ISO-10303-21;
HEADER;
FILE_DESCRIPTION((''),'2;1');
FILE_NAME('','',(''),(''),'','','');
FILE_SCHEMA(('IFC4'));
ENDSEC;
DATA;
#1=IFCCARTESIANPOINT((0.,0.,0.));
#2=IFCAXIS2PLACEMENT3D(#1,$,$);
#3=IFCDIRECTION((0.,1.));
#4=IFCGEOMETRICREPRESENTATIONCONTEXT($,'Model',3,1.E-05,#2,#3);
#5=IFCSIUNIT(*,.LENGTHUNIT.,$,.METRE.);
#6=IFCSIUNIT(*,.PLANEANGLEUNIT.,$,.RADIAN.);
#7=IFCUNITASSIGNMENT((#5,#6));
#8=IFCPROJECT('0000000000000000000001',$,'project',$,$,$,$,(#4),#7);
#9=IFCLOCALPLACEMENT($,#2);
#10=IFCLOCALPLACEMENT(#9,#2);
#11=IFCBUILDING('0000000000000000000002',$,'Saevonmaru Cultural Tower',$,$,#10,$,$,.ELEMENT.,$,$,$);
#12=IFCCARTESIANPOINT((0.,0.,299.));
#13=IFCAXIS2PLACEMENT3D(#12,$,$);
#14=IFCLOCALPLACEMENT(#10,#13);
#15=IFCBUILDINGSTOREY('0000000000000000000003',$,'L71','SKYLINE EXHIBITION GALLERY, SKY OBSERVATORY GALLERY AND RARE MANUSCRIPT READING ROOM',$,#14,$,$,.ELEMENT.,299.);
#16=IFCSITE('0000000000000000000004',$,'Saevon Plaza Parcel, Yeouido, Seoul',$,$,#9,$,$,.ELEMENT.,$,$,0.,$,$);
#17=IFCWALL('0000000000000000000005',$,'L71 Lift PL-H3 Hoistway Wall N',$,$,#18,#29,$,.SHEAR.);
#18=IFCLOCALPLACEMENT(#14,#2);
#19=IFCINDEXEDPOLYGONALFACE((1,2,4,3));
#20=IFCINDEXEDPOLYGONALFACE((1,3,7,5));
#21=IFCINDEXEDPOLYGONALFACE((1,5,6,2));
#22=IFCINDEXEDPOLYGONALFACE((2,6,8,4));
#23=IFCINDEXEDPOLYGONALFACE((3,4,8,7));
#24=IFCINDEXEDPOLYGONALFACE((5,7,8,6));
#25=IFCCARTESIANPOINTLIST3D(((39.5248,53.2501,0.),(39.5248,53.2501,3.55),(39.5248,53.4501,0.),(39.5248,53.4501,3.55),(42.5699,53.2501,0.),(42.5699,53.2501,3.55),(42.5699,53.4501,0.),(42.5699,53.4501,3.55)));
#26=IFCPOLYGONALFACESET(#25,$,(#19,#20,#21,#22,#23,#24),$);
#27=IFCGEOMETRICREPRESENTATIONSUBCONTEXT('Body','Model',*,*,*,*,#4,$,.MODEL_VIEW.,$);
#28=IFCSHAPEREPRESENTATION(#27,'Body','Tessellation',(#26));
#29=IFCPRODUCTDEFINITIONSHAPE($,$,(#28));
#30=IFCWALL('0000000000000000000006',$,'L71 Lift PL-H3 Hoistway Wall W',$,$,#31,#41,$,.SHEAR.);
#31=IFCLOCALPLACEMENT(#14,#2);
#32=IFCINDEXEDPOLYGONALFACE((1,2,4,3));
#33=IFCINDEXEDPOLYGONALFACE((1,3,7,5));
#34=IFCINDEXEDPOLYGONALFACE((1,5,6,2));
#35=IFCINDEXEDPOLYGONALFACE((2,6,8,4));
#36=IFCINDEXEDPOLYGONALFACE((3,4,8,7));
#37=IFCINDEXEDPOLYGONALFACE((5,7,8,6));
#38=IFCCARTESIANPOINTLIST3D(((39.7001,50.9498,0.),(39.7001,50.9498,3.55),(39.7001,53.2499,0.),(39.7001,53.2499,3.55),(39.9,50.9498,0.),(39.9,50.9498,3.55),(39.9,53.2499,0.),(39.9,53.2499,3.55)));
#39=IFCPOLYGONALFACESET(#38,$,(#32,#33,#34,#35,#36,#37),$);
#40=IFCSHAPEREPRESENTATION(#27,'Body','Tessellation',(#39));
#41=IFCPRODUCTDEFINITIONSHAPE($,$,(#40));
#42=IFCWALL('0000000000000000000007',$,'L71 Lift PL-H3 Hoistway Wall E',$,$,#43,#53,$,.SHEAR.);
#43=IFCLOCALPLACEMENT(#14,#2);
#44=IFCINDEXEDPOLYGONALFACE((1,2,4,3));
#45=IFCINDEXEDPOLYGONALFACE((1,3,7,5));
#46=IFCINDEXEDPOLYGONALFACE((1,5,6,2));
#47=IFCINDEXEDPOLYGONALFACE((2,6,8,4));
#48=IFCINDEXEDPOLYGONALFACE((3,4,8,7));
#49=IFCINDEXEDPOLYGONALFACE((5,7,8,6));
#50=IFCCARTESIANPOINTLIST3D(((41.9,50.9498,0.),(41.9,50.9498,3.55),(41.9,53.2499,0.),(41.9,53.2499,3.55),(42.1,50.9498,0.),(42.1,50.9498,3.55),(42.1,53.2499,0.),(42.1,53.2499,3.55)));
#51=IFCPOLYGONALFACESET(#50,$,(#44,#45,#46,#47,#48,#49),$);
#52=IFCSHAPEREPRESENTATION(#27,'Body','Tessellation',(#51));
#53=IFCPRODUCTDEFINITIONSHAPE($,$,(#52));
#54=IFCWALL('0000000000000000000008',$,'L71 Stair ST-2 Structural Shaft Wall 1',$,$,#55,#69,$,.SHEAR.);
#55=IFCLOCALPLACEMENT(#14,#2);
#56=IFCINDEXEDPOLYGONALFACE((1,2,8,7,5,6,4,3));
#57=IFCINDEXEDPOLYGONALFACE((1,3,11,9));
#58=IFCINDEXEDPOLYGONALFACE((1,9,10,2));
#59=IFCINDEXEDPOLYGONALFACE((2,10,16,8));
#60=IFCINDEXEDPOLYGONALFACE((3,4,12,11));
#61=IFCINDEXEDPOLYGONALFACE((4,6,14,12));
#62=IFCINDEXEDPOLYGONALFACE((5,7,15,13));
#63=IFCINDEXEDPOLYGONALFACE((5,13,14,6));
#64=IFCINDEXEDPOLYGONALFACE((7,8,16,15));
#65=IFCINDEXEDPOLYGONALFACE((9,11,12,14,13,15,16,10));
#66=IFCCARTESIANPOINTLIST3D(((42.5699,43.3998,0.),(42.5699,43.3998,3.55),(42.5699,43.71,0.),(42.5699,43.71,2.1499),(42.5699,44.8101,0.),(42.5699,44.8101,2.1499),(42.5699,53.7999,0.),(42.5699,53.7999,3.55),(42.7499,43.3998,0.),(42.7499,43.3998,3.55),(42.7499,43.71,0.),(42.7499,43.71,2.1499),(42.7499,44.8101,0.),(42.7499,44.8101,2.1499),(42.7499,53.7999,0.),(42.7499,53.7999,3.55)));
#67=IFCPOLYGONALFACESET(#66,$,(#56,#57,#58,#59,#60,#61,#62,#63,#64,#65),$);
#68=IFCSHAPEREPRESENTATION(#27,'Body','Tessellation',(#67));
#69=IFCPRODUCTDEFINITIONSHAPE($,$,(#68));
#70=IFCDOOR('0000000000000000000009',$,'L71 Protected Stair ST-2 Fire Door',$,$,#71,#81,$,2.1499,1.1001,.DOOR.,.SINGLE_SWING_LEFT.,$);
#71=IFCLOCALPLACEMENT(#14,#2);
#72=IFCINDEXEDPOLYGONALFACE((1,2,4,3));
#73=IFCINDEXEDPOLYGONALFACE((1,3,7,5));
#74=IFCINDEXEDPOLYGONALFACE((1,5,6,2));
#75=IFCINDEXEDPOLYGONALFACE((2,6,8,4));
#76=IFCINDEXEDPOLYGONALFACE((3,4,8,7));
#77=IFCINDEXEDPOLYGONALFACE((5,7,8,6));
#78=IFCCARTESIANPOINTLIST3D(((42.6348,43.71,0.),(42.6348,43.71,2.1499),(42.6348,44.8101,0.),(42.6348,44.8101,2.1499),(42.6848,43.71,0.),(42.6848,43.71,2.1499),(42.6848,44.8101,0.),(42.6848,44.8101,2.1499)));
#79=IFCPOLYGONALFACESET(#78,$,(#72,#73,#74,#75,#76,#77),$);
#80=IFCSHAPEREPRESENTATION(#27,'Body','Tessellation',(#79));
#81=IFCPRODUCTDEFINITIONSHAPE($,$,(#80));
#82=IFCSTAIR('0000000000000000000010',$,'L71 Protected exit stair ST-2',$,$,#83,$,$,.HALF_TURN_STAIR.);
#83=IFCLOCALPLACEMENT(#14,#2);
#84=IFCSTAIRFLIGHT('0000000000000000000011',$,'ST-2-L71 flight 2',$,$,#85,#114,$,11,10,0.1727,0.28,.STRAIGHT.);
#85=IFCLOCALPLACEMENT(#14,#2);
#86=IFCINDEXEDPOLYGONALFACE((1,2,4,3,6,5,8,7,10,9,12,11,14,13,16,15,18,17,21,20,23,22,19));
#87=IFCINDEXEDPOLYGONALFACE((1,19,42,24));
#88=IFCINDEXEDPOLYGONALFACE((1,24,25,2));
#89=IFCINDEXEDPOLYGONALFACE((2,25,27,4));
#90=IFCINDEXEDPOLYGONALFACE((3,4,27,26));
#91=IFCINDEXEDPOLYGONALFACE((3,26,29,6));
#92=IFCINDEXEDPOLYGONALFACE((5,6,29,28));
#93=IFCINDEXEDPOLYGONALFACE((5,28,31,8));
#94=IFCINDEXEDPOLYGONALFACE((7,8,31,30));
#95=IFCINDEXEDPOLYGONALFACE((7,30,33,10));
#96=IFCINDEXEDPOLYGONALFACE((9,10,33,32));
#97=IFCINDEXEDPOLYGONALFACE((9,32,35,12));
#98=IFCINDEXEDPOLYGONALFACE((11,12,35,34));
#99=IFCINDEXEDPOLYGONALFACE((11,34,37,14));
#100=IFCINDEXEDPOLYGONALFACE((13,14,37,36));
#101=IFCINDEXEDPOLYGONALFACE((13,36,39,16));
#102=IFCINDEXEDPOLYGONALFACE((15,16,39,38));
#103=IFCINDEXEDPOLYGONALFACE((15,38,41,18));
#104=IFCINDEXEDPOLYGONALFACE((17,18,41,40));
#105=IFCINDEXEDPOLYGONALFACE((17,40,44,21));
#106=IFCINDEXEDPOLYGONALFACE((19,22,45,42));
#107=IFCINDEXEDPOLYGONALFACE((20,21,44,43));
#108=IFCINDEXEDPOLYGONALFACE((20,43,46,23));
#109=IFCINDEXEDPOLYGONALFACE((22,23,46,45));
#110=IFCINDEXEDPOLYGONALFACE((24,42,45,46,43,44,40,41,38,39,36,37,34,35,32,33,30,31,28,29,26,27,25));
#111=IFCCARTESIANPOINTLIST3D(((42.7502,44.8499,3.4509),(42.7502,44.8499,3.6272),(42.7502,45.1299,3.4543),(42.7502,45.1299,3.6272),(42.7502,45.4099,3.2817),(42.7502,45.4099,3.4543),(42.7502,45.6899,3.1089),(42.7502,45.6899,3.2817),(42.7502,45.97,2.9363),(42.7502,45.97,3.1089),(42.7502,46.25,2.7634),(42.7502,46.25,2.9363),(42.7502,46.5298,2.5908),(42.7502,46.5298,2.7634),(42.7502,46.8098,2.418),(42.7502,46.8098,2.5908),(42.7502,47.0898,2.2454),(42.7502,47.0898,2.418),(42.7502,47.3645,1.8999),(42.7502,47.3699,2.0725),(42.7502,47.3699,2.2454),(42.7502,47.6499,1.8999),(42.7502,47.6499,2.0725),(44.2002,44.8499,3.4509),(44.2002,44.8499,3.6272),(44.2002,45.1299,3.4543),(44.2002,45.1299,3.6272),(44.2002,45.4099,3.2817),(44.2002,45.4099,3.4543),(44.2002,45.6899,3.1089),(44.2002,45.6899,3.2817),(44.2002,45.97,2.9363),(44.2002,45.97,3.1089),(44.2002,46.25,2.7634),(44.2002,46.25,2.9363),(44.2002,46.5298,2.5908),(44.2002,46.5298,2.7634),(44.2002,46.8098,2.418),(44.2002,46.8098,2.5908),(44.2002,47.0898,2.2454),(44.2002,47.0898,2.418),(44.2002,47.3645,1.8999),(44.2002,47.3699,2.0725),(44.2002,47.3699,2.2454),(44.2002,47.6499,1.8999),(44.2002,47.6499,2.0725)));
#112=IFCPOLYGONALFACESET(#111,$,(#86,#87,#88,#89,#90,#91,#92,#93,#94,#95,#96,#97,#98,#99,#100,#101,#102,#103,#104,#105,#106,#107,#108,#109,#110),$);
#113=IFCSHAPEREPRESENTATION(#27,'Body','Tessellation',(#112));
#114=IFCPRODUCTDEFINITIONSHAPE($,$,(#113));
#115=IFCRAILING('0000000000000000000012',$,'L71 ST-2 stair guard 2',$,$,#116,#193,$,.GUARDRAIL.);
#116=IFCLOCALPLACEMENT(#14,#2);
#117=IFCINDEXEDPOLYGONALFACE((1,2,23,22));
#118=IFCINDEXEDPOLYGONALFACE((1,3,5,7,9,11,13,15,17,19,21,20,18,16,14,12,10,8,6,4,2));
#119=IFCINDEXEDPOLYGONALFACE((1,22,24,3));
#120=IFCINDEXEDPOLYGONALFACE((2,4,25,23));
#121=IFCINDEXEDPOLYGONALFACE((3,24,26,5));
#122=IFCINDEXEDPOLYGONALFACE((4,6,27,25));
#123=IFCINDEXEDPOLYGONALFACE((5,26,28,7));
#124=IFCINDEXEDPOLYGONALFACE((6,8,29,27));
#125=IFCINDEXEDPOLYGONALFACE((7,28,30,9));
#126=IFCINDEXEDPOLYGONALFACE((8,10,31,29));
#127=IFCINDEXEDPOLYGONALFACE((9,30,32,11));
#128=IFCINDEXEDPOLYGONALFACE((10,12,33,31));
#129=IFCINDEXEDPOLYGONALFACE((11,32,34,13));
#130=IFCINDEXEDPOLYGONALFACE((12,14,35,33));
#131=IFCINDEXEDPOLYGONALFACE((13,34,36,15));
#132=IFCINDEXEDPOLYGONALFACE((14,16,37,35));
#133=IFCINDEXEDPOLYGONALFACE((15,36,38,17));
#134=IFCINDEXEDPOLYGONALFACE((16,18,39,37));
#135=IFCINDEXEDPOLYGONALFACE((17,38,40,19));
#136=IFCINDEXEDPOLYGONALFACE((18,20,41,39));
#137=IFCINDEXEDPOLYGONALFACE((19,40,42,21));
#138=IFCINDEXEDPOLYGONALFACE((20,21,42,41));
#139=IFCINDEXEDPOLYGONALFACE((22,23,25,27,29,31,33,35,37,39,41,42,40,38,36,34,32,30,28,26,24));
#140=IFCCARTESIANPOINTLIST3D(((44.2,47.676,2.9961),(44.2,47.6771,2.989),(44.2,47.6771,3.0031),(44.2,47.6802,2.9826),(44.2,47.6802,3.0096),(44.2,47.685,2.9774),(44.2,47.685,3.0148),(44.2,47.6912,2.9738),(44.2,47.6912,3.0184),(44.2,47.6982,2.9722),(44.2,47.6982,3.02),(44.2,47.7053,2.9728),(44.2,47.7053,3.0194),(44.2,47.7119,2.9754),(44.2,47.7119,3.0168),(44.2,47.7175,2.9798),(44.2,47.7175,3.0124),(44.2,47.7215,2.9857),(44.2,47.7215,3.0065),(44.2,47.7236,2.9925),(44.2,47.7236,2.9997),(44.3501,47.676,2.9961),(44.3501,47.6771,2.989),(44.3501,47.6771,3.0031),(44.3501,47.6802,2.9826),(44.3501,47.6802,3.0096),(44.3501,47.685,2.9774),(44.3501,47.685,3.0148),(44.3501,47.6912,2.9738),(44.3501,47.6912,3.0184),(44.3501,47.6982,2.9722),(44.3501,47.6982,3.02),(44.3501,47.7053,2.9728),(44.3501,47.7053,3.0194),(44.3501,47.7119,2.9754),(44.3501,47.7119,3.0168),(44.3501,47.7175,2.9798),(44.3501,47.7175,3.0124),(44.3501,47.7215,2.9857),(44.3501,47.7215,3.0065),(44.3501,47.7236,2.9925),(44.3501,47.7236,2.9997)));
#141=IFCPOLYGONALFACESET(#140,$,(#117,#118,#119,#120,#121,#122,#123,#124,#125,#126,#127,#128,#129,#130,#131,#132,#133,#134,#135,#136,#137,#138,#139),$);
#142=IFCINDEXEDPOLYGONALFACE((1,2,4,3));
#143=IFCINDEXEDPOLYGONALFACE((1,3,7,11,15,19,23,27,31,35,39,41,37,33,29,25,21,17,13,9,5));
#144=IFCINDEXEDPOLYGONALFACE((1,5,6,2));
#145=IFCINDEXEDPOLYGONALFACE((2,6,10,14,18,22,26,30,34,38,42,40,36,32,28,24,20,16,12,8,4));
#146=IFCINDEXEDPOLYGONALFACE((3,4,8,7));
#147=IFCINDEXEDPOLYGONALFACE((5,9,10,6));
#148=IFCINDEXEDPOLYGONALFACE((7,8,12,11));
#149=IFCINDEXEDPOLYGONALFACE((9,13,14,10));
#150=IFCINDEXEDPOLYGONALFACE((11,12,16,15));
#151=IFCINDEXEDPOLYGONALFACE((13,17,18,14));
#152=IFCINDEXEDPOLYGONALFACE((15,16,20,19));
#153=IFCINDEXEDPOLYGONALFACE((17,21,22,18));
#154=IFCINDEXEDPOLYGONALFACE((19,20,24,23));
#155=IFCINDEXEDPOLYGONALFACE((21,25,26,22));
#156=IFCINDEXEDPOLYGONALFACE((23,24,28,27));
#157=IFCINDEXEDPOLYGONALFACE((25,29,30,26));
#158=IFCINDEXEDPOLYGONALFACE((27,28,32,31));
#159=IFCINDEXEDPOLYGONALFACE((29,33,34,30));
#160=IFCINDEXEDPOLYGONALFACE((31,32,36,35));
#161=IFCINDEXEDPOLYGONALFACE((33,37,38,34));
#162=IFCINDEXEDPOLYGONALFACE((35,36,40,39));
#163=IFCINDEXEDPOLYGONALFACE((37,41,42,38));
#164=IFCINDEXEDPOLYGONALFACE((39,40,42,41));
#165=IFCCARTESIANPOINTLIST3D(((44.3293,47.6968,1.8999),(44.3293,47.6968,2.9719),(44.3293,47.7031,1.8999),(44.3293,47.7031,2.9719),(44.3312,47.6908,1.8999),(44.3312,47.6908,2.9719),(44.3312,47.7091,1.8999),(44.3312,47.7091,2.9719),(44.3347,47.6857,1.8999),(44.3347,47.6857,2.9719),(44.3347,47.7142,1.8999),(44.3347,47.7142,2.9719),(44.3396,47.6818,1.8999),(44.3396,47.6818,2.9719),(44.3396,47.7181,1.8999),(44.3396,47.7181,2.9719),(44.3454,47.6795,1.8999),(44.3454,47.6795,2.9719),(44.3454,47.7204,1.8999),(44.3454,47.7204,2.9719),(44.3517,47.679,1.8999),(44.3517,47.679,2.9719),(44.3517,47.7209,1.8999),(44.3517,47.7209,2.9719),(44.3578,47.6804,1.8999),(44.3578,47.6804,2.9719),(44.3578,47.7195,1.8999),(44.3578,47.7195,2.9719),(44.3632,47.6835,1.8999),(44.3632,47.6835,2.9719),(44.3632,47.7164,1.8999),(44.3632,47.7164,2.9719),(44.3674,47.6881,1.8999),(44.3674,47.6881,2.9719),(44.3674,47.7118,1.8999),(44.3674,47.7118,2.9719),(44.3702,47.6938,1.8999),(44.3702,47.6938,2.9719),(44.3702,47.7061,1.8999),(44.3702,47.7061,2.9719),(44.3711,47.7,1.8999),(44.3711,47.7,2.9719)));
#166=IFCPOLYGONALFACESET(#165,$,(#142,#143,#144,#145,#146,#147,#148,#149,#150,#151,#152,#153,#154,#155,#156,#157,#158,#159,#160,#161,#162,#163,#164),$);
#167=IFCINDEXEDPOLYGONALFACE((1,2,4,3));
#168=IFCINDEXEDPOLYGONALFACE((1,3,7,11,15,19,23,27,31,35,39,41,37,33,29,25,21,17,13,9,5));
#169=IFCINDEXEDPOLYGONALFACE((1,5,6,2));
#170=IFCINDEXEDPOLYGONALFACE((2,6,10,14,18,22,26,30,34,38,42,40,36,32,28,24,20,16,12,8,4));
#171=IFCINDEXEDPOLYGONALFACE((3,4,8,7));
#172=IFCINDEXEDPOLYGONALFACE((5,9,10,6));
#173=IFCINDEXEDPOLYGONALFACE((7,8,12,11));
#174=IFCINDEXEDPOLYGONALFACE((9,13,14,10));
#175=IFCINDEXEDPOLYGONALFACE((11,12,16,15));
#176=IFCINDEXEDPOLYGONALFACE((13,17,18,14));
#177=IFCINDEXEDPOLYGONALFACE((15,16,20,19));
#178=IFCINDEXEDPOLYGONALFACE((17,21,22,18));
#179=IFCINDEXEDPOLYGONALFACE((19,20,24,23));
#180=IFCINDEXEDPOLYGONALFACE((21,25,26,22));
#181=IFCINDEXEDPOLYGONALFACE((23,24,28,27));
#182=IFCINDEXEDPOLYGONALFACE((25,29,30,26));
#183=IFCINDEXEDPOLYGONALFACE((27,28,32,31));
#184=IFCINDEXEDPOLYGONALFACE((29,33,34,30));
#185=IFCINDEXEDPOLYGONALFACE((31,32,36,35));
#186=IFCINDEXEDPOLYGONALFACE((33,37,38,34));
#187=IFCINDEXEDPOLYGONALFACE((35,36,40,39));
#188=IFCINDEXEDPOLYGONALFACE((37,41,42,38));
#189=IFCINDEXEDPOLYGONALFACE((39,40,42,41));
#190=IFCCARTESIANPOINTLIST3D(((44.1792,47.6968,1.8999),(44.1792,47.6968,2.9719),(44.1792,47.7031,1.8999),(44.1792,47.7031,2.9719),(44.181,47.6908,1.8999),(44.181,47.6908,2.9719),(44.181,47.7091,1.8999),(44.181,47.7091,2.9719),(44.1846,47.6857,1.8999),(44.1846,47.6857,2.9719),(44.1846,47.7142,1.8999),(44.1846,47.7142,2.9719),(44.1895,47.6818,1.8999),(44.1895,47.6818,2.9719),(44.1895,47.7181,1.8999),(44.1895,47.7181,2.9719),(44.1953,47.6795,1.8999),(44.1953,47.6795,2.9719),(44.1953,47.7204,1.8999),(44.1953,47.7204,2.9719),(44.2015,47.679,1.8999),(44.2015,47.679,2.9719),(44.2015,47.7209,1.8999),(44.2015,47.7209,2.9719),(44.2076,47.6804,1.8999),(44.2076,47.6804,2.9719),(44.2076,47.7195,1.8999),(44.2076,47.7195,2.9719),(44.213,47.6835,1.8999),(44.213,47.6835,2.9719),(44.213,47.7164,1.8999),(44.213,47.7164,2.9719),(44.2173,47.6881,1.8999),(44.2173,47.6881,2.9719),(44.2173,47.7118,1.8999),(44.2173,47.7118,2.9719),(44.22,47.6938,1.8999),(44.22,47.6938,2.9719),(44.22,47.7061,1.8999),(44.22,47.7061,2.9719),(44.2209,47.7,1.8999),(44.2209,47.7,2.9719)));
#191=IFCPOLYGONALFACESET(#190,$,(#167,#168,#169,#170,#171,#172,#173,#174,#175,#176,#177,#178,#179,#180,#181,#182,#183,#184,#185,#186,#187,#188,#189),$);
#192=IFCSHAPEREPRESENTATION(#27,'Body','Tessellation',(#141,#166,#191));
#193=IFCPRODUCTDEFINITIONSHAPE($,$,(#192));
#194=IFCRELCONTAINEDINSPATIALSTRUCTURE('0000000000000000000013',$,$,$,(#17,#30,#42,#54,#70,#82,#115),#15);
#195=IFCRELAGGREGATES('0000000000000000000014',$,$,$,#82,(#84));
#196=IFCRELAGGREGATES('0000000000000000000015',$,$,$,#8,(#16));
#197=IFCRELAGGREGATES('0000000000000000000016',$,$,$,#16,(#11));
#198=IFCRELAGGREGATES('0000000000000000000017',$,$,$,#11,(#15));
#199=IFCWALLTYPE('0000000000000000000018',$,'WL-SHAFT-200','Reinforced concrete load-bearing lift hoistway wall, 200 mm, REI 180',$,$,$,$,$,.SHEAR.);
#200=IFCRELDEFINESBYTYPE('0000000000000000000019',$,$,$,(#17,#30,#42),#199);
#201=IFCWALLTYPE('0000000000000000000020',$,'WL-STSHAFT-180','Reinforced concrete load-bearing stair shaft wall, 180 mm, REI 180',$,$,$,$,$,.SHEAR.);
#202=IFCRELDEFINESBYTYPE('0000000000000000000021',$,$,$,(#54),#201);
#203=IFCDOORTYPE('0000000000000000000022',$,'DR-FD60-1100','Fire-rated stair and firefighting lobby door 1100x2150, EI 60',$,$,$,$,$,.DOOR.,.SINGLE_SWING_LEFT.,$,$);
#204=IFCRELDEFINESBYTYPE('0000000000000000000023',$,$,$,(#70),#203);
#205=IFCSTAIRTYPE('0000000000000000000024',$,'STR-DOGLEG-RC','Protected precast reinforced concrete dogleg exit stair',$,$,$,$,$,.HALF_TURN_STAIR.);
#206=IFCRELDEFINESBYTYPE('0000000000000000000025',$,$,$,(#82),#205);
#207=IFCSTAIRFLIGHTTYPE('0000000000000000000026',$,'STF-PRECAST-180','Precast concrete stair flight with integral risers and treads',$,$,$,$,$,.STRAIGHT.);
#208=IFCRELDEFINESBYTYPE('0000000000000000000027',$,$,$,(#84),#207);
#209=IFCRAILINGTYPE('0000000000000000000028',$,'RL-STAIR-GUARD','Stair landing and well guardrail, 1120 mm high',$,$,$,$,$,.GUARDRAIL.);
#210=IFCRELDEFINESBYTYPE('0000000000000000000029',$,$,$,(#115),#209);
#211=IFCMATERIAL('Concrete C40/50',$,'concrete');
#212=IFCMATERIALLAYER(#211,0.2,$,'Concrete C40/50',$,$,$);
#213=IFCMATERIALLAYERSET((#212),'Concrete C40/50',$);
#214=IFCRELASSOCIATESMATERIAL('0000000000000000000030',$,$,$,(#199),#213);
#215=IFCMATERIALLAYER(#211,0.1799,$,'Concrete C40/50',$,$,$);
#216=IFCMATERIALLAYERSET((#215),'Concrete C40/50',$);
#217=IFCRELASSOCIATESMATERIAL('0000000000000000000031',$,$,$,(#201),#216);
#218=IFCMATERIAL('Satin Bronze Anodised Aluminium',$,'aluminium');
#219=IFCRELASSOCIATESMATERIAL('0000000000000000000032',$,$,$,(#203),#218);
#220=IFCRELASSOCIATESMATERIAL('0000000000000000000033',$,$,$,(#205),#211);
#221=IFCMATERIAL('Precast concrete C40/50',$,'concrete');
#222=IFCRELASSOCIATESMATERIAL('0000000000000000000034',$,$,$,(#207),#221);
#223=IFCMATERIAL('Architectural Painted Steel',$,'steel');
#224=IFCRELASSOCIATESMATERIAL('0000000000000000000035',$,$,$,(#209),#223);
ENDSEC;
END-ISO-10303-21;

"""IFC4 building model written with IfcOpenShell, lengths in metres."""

from ifc_helpers import new_model, si_unit, direction, frame, frame_2d, origin, origin_2d, place, context, subcontext, project, spatial, polyline, rectangle, circle, outline, extrude, material, layer, layer_set, type_object, element, fill, aggregate, save


model = new_model("IFC4")

# Units and contexts
model_context = context("Model", 3, precision=1e-05, world=origin(), true_north=direction((0.0, 1.0)))
body_context = subcontext(model_context, "Body", "Model", "MODEL_VIEW")
ifc_project = project(units=[si_unit("LENGTHUNIT", "METRE"), si_unit("PLANEANGLEUNIT", "RADIAN")], contexts=[model_context])

# Site, building, storey
site_placement = place(None, origin())
site = spatial("IfcSite", under=ifc_project, at=site_placement, Name="Saevon Plaza Parcel, Yeouido, Seoul", CompositionType="ELEMENT", RefElevation=0.0)
building_placement = place(site_placement, origin())
building = spatial("IfcBuilding", under=site, at=building_placement, Name="Saevonmaru Cultural Tower", CompositionType="ELEMENT")
storey_placement = place(building_placement, frame((0.0, 0.0, 299.0)))
storey = spatial("IfcBuildingStorey", under=building, at=storey_placement, Name="L71", Description="SKYLINE EXHIBITION GALLERY, SKY OBSERVATORY GALLERY AND RARE MANUSCRIPT READING ROOM", CompositionType="ELEMENT", Elevation=299.0)

# Shared definitions
ifc_material_1 = material(Name="Satin Bronze Anodised Aluminium", Category="aluminium")

# Shared definitions
ifc_material_2 = material(Name="Concrete C40/50", Category="concrete")
ifc_layer_1 = layer(ifc_material_2, 0.2, Name="Concrete C40/50")
ifc_layer_set_1 = layer_set([ifc_layer_1], Name="Concrete C40/50")
wall_type_1 = type_object("IfcWallType", Name="WL-SHAFT-200", Description="Reinforced concrete load-bearing lift hoistway wall, 200 mm, REI 180", PredefinedType="SHEAR", material=ifc_layer_set_1)

# Walls
wall_1_placement = place(storey_placement, frame((39.5249, 53.3501, 0.0), z_axis=(0.0, 0.0, 1.0), x_axis=(1.0, 0.0, 0.0)))
element("IfcWall", 1, at=wall_1_placement, inside=storey, type_object=wall_type_1, Name="L71 Lift PL-H3 Hoistway Wall N", PredefinedType="SHEAR", context=body_context, shape_type="SweptSolid", body=[
    extrude(rectangle(XDim=3.0452, YDim=0.2, at=frame_2d((1.5225, 0.0))), origin(), (0.0, 0.0, 1.0), 3.55),
])
for number, where, z_axis, x_axis, name in (
    (2, (39.8, 50.95, 0.0), (0.0, 0.0, 1.0), (0.0, 1.0, 0.0), "L71 Lift PL-H3 Hoistway Wall W"),
    (3, (42.0, 50.95, 0.0), (0.0, 0.0, 1.0), (0.0, 1.0, 0.0), "L71 Lift PL-H3 Hoistway Wall E"),
):
    element("IfcWall", number, at=place(storey_placement, frame(where, z_axis=z_axis, x_axis=x_axis)), inside=storey, type_object=wall_type_1, Name=name, PredefinedType="SHEAR", context=body_context, shape_type="SweptSolid", body=[
        extrude(rectangle(XDim=2.3, YDim=0.2, at=frame_2d((1.1499, 0.0))), origin(), (0.0, 0.0, 1.0), 3.55),
    ])

# Wall, opening, door
ifc_layer_2 = layer(ifc_material_2, 0.1799, Name="Concrete C40/50")
ifc_layer_set_2 = layer_set([ifc_layer_2], Name="Concrete C40/50")
wall_type_2 = type_object("IfcWallType", Name="WL-STSHAFT-180", Description="Reinforced concrete load-bearing stair shaft wall, 180 mm, REI 180", PredefinedType="SHEAR", material=ifc_layer_set_2)
wall_2_placement = place(storey_placement, frame((42.6599, 53.8, 0.0), z_axis=(0.0, 0.0, 1.0), x_axis=(0.0, -1.0, 0.0)))
wall_2 = element("IfcWall", 4, at=wall_2_placement, inside=storey, type_object=wall_type_2, Name="L71 Stair ST-2 Structural Shaft Wall 1", PredefinedType="SHEAR", context=body_context, shape_type="SweptSolid", body=[
    extrude(rectangle(XDim=10.4001, YDim=0.1799, at=frame_2d((5.2002, 0.0))), origin(), (0.0, 0.0, 1.0), 3.55),
])
opening_1_placement = place(wall_2_placement, frame((8.99, 0.0, 0.0)))
opening_1 = element("IfcOpeningElement", 5, at=opening_1_placement, cuts=wall_2, PredefinedType="OPENING", context=body_context, shape_type="SweptSolid", body=[
    extrude(rectangle(XDim=1.1001, YDim=2.1499, at=frame_2d((0.55, 1.075))), frame((0.0, 0.1001, 0.0), z_axis=(0.0, -1.0, 0.0), x_axis=(1.0, 0.0, 0.0)), (0.0, 0.0, 1.0), 0.2),
])
door_type_1 = type_object("IfcDoorType", Name="DR-FD60-1100", Description="Fire-rated stair and firefighting lobby door 1100x2150, EI 60", OperationType="SINGLE_SWING_LEFT", PredefinedType="DOOR", material=ifc_material_1)
door_1_placement = place(opening_1_placement, origin())
door_1 = element("IfcDoor", 6, at=door_1_placement, inside=storey, type_object=door_type_1, Name="L71 Protected Stair ST-2 Fire Door", OperationType="SINGLE_SWING_LEFT", OverallHeight=2.1499, OverallWidth=1.1001, PredefinedType="DOOR", context=body_context, shape_type="SweptSolid", body=[
    extrude(rectangle(XDim=1.1001, YDim=2.1499, at=frame_2d((0.55, 1.075))), frame((0.0, 0.0249, 0.0), z_axis=(0.0, -1.0, 0.0), x_axis=(1.0, 0.0, 0.0)), (0.0, 0.0, 1.0), 0.05),
])
fill(opening_1, door_1)

# Stair, stair flight
stair_type = type_object("IfcStairType", Name="STR-DOGLEG-RC", Description="Protected precast reinforced concrete dogleg exit stair", PredefinedType="HALF_TURN_STAIR", material=ifc_material_2)
stair_placement = place(storey_placement, origin())
stair = element("IfcStair", 7, at=stair_placement, inside=storey, type_object=stair_type, Name="L71 Protected exit stair ST-2", PredefinedType="HALF_TURN_STAIR")
ifc_material_3 = material(Name="Precast concrete C40/50", Category="concrete")
stair_flight_type = type_object("IfcStairFlightType", Name="STF-PRECAST-180", Description="Precast concrete stair flight with integral risers and treads", PredefinedType="STRAIGHT", material=ifc_material_3)
stair_flight_placement = place(storey_placement, frame((43.4751, 47.6499, 1.8999), z_axis=(0.0, 0.0, 1.0), x_axis=(0.0, -1.0, 0.0)))
stair_flight = element("IfcStairFlight", 8, at=stair_flight_placement, type_object=stair_flight_type, Name="ST-2-L71 flight 2", NumberOfRisers=11, NumberOfTreads=10, PredefinedType="STRAIGHT", RiserHeight=0.1727, TreadLength=0.28, context=body_context, shape_type="SweptSolid", body=[
    extrude(outline(polyline([(0.0, 0.0), (0.0, 0.1726), (0.28, 0.1726), (0.28, 0.3455), (0.5601, 0.3455), (0.5601, 0.5181), (0.8401, 0.5181), (0.8401, 0.6909), (1.1201, 0.6909), (1.1201, 0.8635), (1.3999, 0.8635), (1.3999, 1.0364), (1.6799, 1.0364), (1.6799, 1.209), (1.96, 1.209), (1.96, 1.3818), (2.24, 1.3818), (2.24, 1.5544), (2.52, 1.5544), (2.52, 1.7273), (2.8, 1.7273), (2.8, 1.8999), (2.8, 1.551), (0.2854, 0.0), (0.0, 0.0)])), frame((0.0, 0.7251, 0.0), z_axis=(0.0, -1.0, 0.0), x_axis=(1.0, 0.0, 0.0)), (0.0, 0.0, 1.0), 1.45),
])
aggregate(stair, [stair_flight])

# Railing
ifc_material_4 = material(Name="Architectural Painted Steel", Category="steel")
railing_type_1 = type_object("IfcRailingType", Name="RL-STAIR-GUARD", Description="Stair landing and well guardrail, 1120 mm high", PredefinedType="GUARDRAIL", material=ifc_material_4)
railing_1_placement = place(storey_placement, frame((44.3501, 47.7, 1.8999)))
element("IfcRailing", 9, at=railing_1_placement, inside=storey, type_object=railing_type_1, Name="L71 ST-2 stair guard 2", PredefinedType="GUARDRAIL", context=body_context, shape_type="SweptSolid", body=[
    extrude(circle(Radius=0.0239, at=origin_2d()), frame((0.0, 0.0, 1.0962), z_axis=(-1.0, 0.0, 0.0), x_axis=(0.0, -1.0, 0.0)), (0.0, 0.0, 1.0), 0.1501),
    extrude(circle(Radius=0.021, at=origin_2d()), origin(), (0.0, 0.0, 1.0), 1.072),
    extrude(circle(Radius=0.021, at=origin_2d()), frame((-0.1501, 0.0, 0.0)), (0.0, 0.0, 1.0), 1.072),
])

save(model, "model.ifc")
